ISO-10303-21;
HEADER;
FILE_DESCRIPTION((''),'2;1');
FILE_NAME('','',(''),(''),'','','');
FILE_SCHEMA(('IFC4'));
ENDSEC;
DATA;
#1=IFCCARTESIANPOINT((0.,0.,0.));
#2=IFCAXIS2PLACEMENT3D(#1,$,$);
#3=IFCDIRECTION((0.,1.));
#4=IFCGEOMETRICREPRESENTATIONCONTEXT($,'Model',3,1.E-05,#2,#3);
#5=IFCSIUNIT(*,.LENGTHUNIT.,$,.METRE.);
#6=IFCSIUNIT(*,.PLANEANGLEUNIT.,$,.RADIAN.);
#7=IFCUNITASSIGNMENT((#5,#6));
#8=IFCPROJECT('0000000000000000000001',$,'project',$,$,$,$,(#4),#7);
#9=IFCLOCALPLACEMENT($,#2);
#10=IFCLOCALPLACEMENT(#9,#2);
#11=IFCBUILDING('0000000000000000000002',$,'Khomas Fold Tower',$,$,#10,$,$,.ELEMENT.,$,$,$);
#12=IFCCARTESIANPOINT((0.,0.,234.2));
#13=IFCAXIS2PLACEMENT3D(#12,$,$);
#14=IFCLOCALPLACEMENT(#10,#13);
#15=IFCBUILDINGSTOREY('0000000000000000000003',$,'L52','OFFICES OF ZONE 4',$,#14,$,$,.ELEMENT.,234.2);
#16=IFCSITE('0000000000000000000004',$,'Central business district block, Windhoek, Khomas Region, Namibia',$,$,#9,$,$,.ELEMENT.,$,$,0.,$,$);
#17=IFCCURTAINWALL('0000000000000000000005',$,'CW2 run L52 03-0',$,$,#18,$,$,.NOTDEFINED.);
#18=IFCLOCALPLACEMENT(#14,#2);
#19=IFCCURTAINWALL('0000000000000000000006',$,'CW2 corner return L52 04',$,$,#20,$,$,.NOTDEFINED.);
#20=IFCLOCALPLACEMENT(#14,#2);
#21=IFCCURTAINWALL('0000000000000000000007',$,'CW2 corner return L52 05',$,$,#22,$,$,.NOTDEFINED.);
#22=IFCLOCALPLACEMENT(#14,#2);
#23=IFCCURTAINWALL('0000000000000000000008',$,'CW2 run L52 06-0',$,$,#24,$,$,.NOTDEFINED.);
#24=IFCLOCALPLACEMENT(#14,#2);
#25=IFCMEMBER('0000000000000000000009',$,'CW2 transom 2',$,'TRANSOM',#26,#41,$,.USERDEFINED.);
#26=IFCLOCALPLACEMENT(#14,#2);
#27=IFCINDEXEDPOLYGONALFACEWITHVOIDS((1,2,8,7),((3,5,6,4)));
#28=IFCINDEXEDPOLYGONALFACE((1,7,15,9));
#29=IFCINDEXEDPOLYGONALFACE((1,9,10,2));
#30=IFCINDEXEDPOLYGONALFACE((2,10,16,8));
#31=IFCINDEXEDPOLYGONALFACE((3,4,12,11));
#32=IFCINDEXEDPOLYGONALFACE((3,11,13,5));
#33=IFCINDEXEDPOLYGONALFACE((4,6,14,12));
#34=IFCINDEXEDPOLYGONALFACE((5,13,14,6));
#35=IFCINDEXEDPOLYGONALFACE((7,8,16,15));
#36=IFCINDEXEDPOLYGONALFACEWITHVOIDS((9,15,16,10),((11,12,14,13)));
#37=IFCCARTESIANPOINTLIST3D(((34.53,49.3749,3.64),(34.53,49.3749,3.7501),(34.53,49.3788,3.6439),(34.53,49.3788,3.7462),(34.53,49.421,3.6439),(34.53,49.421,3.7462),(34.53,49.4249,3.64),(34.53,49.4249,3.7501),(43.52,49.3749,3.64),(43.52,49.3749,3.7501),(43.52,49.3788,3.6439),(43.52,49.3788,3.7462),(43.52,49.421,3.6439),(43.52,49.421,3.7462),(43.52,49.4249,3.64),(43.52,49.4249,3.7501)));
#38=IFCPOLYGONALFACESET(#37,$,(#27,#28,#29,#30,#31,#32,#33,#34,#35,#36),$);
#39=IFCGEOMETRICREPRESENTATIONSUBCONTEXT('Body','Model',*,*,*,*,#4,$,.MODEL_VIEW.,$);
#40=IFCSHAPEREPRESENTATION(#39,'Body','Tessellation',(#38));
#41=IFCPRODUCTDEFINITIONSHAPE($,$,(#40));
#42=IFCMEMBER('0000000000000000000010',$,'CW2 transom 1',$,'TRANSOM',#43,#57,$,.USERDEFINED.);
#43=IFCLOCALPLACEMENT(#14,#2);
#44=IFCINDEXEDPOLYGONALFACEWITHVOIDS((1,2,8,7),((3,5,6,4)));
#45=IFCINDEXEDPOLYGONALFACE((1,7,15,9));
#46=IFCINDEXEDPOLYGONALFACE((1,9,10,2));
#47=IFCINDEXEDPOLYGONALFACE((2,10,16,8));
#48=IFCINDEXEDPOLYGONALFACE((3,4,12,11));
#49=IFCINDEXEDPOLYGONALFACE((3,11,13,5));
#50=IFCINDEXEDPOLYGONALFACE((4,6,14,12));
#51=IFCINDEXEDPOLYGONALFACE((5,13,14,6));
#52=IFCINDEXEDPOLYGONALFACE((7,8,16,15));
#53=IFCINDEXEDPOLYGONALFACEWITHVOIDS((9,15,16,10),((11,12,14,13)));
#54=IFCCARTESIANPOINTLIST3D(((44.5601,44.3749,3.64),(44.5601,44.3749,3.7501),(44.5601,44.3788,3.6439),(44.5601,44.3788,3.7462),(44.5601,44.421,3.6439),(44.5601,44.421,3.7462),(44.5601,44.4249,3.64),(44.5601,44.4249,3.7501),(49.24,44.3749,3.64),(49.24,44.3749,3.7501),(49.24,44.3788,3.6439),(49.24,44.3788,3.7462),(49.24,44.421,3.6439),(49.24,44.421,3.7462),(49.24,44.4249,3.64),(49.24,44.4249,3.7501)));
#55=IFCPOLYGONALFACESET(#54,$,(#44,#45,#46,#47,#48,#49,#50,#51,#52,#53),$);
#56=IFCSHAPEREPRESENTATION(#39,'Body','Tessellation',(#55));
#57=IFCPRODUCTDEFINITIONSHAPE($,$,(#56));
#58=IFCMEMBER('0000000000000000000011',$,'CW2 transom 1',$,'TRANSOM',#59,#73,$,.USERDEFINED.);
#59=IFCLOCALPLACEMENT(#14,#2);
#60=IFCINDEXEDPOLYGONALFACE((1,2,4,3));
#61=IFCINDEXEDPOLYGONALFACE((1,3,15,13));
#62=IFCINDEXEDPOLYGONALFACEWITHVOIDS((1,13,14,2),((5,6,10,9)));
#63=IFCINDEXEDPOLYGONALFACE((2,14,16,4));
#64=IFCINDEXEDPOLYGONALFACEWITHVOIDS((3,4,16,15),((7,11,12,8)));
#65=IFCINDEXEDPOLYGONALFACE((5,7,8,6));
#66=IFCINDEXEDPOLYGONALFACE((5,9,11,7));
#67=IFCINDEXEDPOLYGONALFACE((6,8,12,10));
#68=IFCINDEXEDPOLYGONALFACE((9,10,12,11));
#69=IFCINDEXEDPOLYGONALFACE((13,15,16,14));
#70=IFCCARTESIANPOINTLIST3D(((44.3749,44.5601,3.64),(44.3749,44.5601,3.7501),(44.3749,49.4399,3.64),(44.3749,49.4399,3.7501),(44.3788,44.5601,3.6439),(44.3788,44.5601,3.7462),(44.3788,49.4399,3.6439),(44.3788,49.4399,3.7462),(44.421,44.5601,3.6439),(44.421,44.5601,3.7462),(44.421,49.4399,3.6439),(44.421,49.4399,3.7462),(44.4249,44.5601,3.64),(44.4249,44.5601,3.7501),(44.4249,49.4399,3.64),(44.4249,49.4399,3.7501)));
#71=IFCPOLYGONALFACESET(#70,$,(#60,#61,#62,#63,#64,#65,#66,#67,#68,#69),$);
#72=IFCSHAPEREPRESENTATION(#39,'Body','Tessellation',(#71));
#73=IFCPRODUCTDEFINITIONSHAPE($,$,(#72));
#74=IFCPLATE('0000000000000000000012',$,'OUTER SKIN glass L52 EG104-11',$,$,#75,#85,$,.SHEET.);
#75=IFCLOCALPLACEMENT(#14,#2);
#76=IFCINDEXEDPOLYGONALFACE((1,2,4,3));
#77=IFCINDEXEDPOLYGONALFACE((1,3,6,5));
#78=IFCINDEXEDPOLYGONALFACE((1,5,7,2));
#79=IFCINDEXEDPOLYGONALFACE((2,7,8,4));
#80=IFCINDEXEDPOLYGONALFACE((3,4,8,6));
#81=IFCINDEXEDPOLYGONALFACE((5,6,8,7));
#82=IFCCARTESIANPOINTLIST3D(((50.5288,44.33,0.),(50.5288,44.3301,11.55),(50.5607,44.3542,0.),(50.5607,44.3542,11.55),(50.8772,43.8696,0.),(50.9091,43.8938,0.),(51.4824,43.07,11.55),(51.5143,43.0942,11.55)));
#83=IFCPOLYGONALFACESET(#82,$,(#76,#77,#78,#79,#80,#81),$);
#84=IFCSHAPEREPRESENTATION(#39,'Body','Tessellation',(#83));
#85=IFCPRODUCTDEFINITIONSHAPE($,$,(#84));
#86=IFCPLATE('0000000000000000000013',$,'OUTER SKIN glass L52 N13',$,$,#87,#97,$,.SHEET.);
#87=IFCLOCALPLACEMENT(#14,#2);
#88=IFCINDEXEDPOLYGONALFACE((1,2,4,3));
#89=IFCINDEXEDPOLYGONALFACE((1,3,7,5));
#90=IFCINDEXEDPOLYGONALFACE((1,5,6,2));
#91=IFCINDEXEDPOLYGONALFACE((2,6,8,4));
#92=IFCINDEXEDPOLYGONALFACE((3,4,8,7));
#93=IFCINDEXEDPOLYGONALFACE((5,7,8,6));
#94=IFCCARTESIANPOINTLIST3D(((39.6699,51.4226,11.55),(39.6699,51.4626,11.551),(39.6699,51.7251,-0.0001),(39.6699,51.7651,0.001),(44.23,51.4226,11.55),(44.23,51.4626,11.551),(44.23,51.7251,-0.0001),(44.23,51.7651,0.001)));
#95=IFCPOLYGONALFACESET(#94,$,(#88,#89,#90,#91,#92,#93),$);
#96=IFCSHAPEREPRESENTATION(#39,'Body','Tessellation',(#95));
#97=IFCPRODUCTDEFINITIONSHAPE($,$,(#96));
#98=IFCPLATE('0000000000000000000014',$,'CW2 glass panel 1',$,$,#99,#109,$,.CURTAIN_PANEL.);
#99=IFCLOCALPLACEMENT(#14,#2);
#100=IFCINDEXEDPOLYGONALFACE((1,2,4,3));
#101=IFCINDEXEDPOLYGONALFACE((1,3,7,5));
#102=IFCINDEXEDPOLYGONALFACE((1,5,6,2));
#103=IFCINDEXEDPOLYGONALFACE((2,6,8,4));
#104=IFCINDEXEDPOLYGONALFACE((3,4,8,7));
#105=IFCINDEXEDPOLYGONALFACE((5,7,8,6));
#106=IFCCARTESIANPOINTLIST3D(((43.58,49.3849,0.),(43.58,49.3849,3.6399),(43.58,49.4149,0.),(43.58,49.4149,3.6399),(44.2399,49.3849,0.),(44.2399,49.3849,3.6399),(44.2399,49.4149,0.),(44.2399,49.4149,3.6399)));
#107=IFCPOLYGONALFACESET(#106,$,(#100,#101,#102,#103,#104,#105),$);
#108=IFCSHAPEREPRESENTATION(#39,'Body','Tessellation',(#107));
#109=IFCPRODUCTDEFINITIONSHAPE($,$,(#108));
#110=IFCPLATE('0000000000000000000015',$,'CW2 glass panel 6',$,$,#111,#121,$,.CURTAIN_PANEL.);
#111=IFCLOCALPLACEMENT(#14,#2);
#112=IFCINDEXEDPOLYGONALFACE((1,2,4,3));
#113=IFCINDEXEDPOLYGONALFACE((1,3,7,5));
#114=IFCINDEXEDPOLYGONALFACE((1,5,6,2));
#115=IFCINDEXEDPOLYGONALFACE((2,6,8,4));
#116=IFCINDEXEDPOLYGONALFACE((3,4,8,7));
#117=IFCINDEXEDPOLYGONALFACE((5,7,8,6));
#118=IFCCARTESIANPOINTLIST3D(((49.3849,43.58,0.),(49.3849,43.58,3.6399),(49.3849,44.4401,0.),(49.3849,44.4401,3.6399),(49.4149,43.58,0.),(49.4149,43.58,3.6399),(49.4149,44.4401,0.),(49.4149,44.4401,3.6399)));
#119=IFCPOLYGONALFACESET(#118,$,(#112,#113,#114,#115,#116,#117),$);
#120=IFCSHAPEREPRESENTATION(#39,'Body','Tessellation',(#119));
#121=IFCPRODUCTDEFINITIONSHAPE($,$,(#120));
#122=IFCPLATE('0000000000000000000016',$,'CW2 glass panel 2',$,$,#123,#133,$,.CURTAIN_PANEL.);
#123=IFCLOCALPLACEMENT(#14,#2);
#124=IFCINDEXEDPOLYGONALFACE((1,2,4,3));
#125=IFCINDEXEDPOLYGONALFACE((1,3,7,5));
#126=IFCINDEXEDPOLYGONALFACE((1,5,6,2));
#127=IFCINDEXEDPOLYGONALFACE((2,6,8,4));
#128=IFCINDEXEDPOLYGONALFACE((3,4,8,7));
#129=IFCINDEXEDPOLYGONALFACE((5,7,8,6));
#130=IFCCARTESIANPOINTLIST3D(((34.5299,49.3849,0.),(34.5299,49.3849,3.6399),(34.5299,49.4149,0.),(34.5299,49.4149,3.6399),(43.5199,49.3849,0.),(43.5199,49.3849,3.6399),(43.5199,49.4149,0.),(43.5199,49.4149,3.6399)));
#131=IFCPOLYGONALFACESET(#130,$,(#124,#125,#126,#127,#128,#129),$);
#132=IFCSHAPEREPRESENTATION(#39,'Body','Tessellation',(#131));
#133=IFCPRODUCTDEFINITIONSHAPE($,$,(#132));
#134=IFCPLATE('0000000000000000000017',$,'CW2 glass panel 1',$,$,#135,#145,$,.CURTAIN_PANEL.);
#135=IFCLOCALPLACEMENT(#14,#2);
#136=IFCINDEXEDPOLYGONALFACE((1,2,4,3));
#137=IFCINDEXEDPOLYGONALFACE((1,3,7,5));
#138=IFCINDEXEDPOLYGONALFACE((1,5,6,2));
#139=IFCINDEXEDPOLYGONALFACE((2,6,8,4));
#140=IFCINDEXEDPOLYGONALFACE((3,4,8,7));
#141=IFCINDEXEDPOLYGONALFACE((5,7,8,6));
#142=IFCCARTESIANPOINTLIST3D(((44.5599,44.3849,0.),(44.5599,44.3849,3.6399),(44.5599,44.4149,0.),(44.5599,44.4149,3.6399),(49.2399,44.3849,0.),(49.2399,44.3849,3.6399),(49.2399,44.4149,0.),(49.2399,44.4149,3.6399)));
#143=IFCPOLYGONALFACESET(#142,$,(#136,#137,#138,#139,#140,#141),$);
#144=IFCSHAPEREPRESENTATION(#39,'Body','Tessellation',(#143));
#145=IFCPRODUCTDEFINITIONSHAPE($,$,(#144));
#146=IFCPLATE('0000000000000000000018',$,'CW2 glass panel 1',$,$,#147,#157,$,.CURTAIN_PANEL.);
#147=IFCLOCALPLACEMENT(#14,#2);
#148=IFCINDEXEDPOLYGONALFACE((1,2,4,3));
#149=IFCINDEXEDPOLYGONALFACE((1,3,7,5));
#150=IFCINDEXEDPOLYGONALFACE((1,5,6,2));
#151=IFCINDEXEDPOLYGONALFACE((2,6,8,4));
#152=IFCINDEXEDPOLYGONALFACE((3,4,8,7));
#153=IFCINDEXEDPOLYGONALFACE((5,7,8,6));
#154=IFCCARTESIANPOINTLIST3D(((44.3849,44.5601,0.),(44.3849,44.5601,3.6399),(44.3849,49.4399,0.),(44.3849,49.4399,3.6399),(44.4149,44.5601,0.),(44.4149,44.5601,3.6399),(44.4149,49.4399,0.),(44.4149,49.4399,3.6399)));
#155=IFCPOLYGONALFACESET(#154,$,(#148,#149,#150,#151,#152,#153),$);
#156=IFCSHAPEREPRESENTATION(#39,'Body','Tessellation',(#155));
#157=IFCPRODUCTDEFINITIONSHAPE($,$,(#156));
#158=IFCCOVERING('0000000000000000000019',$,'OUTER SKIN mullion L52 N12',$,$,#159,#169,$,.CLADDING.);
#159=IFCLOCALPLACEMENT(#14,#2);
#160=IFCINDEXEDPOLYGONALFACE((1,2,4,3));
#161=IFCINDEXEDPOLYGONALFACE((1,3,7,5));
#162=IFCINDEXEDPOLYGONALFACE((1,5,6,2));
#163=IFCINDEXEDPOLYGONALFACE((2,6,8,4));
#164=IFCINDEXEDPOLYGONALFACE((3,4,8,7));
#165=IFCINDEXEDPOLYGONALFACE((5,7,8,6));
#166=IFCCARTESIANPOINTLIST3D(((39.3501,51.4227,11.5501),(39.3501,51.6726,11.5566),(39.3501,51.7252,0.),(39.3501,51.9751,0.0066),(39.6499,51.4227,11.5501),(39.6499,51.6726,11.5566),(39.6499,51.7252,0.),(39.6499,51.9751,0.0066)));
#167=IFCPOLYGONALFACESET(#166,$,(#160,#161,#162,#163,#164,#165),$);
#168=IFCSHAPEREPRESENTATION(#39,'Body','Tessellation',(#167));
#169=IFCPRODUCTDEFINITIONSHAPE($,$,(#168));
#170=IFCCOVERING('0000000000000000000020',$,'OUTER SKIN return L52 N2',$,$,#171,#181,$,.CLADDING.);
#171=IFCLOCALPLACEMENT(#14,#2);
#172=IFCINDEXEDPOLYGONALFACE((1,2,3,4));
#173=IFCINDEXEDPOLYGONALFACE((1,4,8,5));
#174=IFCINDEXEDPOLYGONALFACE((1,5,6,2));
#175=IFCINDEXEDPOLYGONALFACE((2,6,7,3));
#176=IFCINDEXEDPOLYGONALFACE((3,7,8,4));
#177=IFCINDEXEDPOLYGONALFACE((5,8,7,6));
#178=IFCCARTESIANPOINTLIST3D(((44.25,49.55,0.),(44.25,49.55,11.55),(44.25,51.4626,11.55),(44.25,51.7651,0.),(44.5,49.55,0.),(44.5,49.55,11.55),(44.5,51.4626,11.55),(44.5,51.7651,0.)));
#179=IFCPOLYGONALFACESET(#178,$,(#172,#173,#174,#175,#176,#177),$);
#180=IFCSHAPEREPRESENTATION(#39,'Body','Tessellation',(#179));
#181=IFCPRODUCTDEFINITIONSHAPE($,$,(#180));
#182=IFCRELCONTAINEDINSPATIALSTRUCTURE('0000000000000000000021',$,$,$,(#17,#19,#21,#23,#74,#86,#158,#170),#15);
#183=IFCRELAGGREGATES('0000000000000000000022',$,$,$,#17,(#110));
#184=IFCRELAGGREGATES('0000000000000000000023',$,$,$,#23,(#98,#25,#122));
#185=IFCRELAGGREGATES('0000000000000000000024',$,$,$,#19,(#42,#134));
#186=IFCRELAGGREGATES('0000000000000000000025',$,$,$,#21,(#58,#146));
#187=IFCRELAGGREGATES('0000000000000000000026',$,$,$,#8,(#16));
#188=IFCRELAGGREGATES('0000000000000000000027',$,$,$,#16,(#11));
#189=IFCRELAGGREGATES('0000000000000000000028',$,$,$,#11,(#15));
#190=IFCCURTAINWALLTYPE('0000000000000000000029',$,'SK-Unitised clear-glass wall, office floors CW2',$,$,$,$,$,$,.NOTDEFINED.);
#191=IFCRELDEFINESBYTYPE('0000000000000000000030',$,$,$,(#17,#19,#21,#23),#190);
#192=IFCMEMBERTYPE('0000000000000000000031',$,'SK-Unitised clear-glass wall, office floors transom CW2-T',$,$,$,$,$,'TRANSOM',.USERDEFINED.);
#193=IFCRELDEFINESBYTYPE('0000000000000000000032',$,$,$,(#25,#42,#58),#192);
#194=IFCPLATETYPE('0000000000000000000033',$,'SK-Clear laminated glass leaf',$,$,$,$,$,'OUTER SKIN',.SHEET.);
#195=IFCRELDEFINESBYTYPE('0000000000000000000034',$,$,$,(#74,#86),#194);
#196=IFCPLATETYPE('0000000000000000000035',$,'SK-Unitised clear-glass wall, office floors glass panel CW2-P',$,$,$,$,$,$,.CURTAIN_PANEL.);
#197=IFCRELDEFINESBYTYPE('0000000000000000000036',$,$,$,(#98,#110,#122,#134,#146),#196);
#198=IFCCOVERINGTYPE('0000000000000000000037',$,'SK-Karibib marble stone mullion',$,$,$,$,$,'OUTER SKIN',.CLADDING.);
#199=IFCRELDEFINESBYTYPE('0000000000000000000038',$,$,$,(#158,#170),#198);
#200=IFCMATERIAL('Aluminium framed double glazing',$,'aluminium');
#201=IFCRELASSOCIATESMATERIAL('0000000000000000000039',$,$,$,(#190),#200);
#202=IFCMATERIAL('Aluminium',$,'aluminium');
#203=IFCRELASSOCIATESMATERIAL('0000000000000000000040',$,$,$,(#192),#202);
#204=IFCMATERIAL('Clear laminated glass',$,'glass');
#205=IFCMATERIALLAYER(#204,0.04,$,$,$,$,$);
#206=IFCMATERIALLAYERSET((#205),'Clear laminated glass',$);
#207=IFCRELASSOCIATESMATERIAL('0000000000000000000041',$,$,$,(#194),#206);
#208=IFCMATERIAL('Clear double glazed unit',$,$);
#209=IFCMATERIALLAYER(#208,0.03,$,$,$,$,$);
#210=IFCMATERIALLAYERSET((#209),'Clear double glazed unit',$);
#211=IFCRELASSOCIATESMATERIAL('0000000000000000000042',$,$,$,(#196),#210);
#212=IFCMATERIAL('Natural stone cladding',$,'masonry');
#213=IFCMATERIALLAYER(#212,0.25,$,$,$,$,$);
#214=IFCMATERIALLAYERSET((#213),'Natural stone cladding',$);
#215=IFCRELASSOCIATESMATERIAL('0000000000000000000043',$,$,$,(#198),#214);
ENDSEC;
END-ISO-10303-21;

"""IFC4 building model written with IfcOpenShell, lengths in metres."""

from ifc_helpers import new_model, si_unit, direction, frame, origin, origin_2d, place, context, subcontext, project, spatial, polyline, rectangle, hollow_rectangle, outline, extrude, source, transform, mapped, material, layer, layer_set, material_profile, profile_set, type_object, element, aggregate, save


model = new_model("IFC4")

# Units and contexts
model_context = context("Model", 3, precision=1e-05, world=origin(), true_north=direction((0.0, 1.0)))
body_context = subcontext(model_context, "Body", "Model", "MODEL_VIEW")
ifc_project = project(units=[si_unit("LENGTHUNIT", "METRE"), si_unit("PLANEANGLEUNIT", "RADIAN")], contexts=[model_context])

# Site, building, storey
site_placement = place(None, origin())
site = spatial("IfcSite", under=ifc_project, at=site_placement, Name="Central business district block, Windhoek, Khomas Region, Namibia", CompositionType="ELEMENT", RefElevation=0.0)
building_placement = place(site_placement, origin())
building = spatial("IfcBuilding", under=site, at=building_placement, Name="Khomas Fold Tower", CompositionType="ELEMENT")
storey_placement = place(building_placement, frame((0.0, 0.0, 234.2)))
storey = spatial("IfcBuildingStorey", under=building, at=storey_placement, Name="L52", Description="OFFICES OF ZONE 4", CompositionType="ELEMENT", Elevation=234.2)

# Curtain wall
ifc_material_1 = material(Name="Aluminium framed double glazing", Category="aluminium")
curtain_wall_type = type_object("IfcCurtainWallType", Name="SK-Unitised clear-glass wall, office floors CW2", PredefinedType="NOTDEFINED", material=ifc_material_1)
curtain_wall_1_placement = place(storey_placement, origin())
curtain_wall_1 = element("IfcCurtainWall", 1, at=curtain_wall_1_placement, inside=storey, type_object=curtain_wall_type, Name="CW2 run L52 03-0", PredefinedType="NOTDEFINED")

# Curtain walls
curtain_wall_2_placement = place(storey_placement, origin())
curtain_wall_2 = element("IfcCurtainWall", 2, at=curtain_wall_2_placement, inside=storey, type_object=curtain_wall_type, Name="CW2 corner return L52 04", PredefinedType="NOTDEFINED")
curtain_wall_3_placement = place(storey_placement, origin())
curtain_wall_3 = element("IfcCurtainWall", 3, at=curtain_wall_3_placement, inside=storey, type_object=curtain_wall_type, Name="CW2 corner return L52 05", PredefinedType="NOTDEFINED")
curtain_wall_4_placement = place(storey_placement, origin())
curtain_wall_4 = element("IfcCurtainWall", 4, at=curtain_wall_4_placement, inside=storey, type_object=curtain_wall_type, Name="CW2 run L52 06-0", PredefinedType="NOTDEFINED")
ifc_material_2 = material(Name="Aluminium", Category="aluminium")
ifc_material_profile_1 = material_profile(ifc_material_2, hollow_rectangle(XDim=0.05, YDim=0.1101, WallThickness=0.0039, at=origin_2d()), Name="SK-Unitised clear-glass wall, office floors transom CW2-T")
ifc_profile_set_1 = profile_set([ifc_material_profile_1], Name="Aluminium")
member_type_1 = type_object("IfcMemberType", Name="SK-Unitised clear-glass wall, office floors transom CW2-T", ElementType="TRANSOM", PredefinedType="USERDEFINED", material=ifc_profile_set_1)

# Members
shared_shape_1 = source(origin(), body_context, "Body", "SweptSolid", [
    extrude(hollow_rectangle(XDim=0.05, YDim=0.1101, WallThickness=0.0039, at=origin_2d()), origin(), (0.0, 0.0, 1.0), 8.99),
])
member_1_placement = place(storey_placement, frame((43.52, 49.3999, 3.6951), z_axis=(-1.0, 0.0, 0.0), x_axis=(0.0, -1.0, 0.0)))
member_1 = element("IfcMember", 5, at=member_1_placement, type_object=member_type_1, Name="CW2 transom 2", ObjectType="TRANSOM", PredefinedType="USERDEFINED", context=body_context, shape_type="MappedRepresentation", body=[
    mapped(shared_shape_1, transform((0.0, 0.0, 0.0))),
])
shared_shape_2 = source(origin(), body_context, "Body", "SweptSolid", [
    extrude(hollow_rectangle(XDim=0.05, YDim=0.1101, WallThickness=0.0039, at=origin_2d()), origin(), (0.0, 0.0, 1.0), 4.6799),
])
member_2_placement = place(storey_placement, frame((49.24, 44.3999, 3.6951), z_axis=(-1.0, 0.0, 0.0), x_axis=(0.0, -1.0, 0.0)))
member_2 = element("IfcMember", 6, at=member_2_placement, type_object=member_type_1, Name="CW2 transom 1", ObjectType="TRANSOM", PredefinedType="USERDEFINED", context=body_context, shape_type="MappedRepresentation", body=[
    mapped(shared_shape_2, transform((0.0, 0.0, 0.0))),
])
shared_shape_3 = source(origin(), body_context, "Body", "SweptSolid", [
    extrude(hollow_rectangle(XDim=0.05, YDim=0.1101, WallThickness=0.0039, at=origin_2d()), origin(), (0.0, 0.0, 1.0), 4.8799),
])
member_3_placement = place(storey_placement, frame((44.3999, 44.5601, 3.6951), z_axis=(0.0, 1.0, 0.0), x_axis=(-1.0, 0.0, 0.0)))
member_3 = element("IfcMember", 7, at=member_3_placement, type_object=member_type_1, Name="CW2 transom 1", ObjectType="TRANSOM", PredefinedType="USERDEFINED", context=body_context, shape_type="MappedRepresentation", body=[
    mapped(shared_shape_3, transform((0.0, 0.0, 0.0))),
])

# Plates
ifc_material_3 = material(Name="Clear laminated glass", Category="glass")
ifc_layer_1 = layer(ifc_material_3, 0.04)
ifc_layer_set_1 = layer_set([ifc_layer_1], Name="Clear laminated glass")
plate_type_1 = type_object("IfcPlateType", Name="SK-Clear laminated glass leaf", ElementType="OUTER SKIN", PredefinedType="SHEET", material=ifc_layer_set_1)
plate_1_placement = place(storey_placement, frame((50.8772, 43.8696, 0.0), z_axis=(-0.797399, -0.603452, 0.000005), x_axis=(0.0522, -0.068969, 0.996252)))
element("IfcPlate", 8, at=plate_1_placement, inside=storey, type_object=plate_type_1, Name="OUTER SKIN glass L52 EG104-11", PredefinedType="SHEET", context=body_context, shape_type="SweptSolid", body=[
    extrude(outline(polyline([(0.0, 0.0), (11.5935, 0.0), (11.4568, 1.5743), (-0.0499, 0.5752), (0.0, 0.0)])), origin(), (0.0, 0.0, -1.0), 0.04),
])
plate_2_placement = place(storey_placement, frame((39.6699, 51.7651, 0.001), z_axis=(0.0, 0.999657, 0.026181), x_axis=(1.0, 0.0, 0.0)))
element("IfcPlate", 9, at=plate_2_placement, inside=storey, type_object=plate_type_1, Name="OUTER SKIN glass L52 N13", PredefinedType="SHEET", context=body_context, shape_type="SweptSolid", body=[
    extrude(outline(polyline([(0.0, 0.0), (4.5601, 0.0), (4.5601, -11.554), (0.0, -11.554), (0.0, 0.0)])), origin(), (0.0, 0.0, -1.0), 0.04),
])

# Plates
ifc_material_4 = material(Name="Clear double glazed unit")
ifc_layer_2 = layer(ifc_material_4, 0.03)
ifc_layer_set_2 = layer_set([ifc_layer_2], Name="Clear double glazed unit")
plate_type_2 = type_object("IfcPlateType", Name="SK-Unitised clear-glass wall, office floors glass panel CW2-P", PredefinedType="CURTAIN_PANEL", material=ifc_layer_set_2)
shared_shape_4 = source(origin(), body_context, "Body", "SweptSolid", [
    extrude(rectangle(XDim=0.6599, YDim=0.03, at=origin_2d()), origin(), (0.0, 0.0, 1.0), 3.6399),
])
plate_3_placement = place(storey_placement, frame((43.9099, 49.3999, 0.0), z_axis=(0.0, 0.0, 1.0), x_axis=(-1.0, 0.0, 0.0)))
plate_3 = element("IfcPlate", 10, at=plate_3_placement, type_object=plate_type_2, Name="CW2 glass panel 1", PredefinedType="CURTAIN_PANEL", context=body_context, shape_type="MappedRepresentation", body=[
    mapped(shared_shape_4, transform((0.0, 0.0, 0.0))),
])
shared_shape_5 = source(origin(), body_context, "Body", "SweptSolid", [
    extrude(rectangle(XDim=0.8601, YDim=0.03, at=origin_2d()), origin(), (0.0, 0.0, 1.0), 3.6399),
])
plate_4_placement = place(storey_placement, frame((49.3999, 44.01, 0.0), z_axis=(0.0, 0.0, 1.0), x_axis=(0.0, 1.0, 0.0)))
plate_4 = element("IfcPlate", 11, at=plate_4_placement, type_object=plate_type_2, Name="CW2 glass panel 6", PredefinedType="CURTAIN_PANEL", context=body_context, shape_type="MappedRepresentation", body=[
    mapped(shared_shape_5, transform((0.0, 0.0, 0.0))),
])
aggregate(curtain_wall_1, [plate_4])
shared_shape_6 = source(origin(), body_context, "Body", "SweptSolid", [
    extrude(rectangle(XDim=8.99, YDim=0.03, at=origin_2d()), origin(), (0.0, 0.0, 1.0), 3.6399),
])
plate_5_placement = place(storey_placement, frame((39.0249, 49.3999, 0.0), z_axis=(0.0, 0.0, 1.0), x_axis=(-1.0, 0.0, 0.0)))
plate_5 = element("IfcPlate", 12, at=plate_5_placement, type_object=plate_type_2, Name="CW2 glass panel 2", PredefinedType="CURTAIN_PANEL", context=body_context, shape_type="MappedRepresentation", body=[
    mapped(shared_shape_6, transform((0.0, 0.0, 0.0))),
])
aggregate(curtain_wall_4, [plate_3, member_1, plate_5])
shared_shape_7 = source(origin(), body_context, "Body", "SweptSolid", [
    extrude(rectangle(XDim=4.6799, YDim=0.03, at=origin_2d()), origin(), (0.0, 0.0, 1.0), 3.6399),
])
plate_6_placement = place(storey_placement, frame((46.8999, 44.3999, 0.0), z_axis=(0.0, 0.0, 1.0), x_axis=(-1.0, 0.0, 0.0)))
plate_6 = element("IfcPlate", 13, at=plate_6_placement, type_object=plate_type_2, Name="CW2 glass panel 1", PredefinedType="CURTAIN_PANEL", context=body_context, shape_type="MappedRepresentation", body=[
    mapped(shared_shape_7, transform((0.0, 0.0, 0.0))),
])
aggregate(curtain_wall_2, [member_2, plate_6])
shared_shape_8 = source(origin(), body_context, "Body", "SweptSolid", [
    extrude(rectangle(XDim=4.8799, YDim=0.03, at=origin_2d()), origin(), (0.0, 0.0, 1.0), 3.6399),
])
plate_7_placement = place(storey_placement, frame((44.3999, 47.0, 0.0), z_axis=(0.0, 0.0, 1.0), x_axis=(0.0, 1.0, 0.0)))
plate_7 = element("IfcPlate", 14, at=plate_7_placement, type_object=plate_type_2, Name="CW2 glass panel 1", PredefinedType="CURTAIN_PANEL", context=body_context, shape_type="MappedRepresentation", body=[
    mapped(shared_shape_8, transform((0.0, 0.0, 0.0))),
])
aggregate(curtain_wall_3, [member_3, plate_7])

# Coverings
ifc_material_5 = material(Name="Natural stone cladding", Category="masonry")
ifc_layer_3 = layer(ifc_material_5, 0.25)
ifc_layer_set_3 = layer_set([ifc_layer_3], Name="Natural stone cladding")
covering_type = type_object("IfcCoveringType", Name="SK-Karibib marble stone mullion", ElementType="OUTER SKIN", PredefinedType="CLADDING", material=ifc_layer_set_3)
covering_1_placement = place(storey_placement, frame((39.3501, 51.9751, 0.0066), z_axis=(0.0, 0.999657, 0.026181), x_axis=(1.0, 0.0, 0.0)))
element("IfcCovering", 15, at=covering_1_placement, inside=storey, type_object=covering_type, Name="OUTER SKIN mullion L52 N12", PredefinedType="CLADDING", context=body_context, shape_type="SweptSolid", body=[
    extrude(outline(polyline([(0.0, 0.0), (0.2998, 0.0), (0.2998, -11.554), (0.0, -11.554), (0.0, 0.0)])), origin(), (0.0, 0.0, -1.0), 0.25),
])
covering_2_placement = place(storey_placement, frame((44.5, 49.55, 0.0), z_axis=(1.0, 0.0, 0.0), x_axis=(0.0, 1.0, 0.0)))
element("IfcCovering", 16, at=covering_2_placement, inside=storey, type_object=covering_type, Name="OUTER SKIN return L52 N2", PredefinedType="CLADDING", context=body_context, shape_type="SweptSolid", body=[
    extrude(outline(polyline([(0.0, 0.0), (2.2151, 0.0), (1.9126, 11.55), (0.0, 11.55), (0.0, 0.0)])), origin(), (0.0, 0.0, -1.0), 0.25),
])

save(model, "model.ifc")
